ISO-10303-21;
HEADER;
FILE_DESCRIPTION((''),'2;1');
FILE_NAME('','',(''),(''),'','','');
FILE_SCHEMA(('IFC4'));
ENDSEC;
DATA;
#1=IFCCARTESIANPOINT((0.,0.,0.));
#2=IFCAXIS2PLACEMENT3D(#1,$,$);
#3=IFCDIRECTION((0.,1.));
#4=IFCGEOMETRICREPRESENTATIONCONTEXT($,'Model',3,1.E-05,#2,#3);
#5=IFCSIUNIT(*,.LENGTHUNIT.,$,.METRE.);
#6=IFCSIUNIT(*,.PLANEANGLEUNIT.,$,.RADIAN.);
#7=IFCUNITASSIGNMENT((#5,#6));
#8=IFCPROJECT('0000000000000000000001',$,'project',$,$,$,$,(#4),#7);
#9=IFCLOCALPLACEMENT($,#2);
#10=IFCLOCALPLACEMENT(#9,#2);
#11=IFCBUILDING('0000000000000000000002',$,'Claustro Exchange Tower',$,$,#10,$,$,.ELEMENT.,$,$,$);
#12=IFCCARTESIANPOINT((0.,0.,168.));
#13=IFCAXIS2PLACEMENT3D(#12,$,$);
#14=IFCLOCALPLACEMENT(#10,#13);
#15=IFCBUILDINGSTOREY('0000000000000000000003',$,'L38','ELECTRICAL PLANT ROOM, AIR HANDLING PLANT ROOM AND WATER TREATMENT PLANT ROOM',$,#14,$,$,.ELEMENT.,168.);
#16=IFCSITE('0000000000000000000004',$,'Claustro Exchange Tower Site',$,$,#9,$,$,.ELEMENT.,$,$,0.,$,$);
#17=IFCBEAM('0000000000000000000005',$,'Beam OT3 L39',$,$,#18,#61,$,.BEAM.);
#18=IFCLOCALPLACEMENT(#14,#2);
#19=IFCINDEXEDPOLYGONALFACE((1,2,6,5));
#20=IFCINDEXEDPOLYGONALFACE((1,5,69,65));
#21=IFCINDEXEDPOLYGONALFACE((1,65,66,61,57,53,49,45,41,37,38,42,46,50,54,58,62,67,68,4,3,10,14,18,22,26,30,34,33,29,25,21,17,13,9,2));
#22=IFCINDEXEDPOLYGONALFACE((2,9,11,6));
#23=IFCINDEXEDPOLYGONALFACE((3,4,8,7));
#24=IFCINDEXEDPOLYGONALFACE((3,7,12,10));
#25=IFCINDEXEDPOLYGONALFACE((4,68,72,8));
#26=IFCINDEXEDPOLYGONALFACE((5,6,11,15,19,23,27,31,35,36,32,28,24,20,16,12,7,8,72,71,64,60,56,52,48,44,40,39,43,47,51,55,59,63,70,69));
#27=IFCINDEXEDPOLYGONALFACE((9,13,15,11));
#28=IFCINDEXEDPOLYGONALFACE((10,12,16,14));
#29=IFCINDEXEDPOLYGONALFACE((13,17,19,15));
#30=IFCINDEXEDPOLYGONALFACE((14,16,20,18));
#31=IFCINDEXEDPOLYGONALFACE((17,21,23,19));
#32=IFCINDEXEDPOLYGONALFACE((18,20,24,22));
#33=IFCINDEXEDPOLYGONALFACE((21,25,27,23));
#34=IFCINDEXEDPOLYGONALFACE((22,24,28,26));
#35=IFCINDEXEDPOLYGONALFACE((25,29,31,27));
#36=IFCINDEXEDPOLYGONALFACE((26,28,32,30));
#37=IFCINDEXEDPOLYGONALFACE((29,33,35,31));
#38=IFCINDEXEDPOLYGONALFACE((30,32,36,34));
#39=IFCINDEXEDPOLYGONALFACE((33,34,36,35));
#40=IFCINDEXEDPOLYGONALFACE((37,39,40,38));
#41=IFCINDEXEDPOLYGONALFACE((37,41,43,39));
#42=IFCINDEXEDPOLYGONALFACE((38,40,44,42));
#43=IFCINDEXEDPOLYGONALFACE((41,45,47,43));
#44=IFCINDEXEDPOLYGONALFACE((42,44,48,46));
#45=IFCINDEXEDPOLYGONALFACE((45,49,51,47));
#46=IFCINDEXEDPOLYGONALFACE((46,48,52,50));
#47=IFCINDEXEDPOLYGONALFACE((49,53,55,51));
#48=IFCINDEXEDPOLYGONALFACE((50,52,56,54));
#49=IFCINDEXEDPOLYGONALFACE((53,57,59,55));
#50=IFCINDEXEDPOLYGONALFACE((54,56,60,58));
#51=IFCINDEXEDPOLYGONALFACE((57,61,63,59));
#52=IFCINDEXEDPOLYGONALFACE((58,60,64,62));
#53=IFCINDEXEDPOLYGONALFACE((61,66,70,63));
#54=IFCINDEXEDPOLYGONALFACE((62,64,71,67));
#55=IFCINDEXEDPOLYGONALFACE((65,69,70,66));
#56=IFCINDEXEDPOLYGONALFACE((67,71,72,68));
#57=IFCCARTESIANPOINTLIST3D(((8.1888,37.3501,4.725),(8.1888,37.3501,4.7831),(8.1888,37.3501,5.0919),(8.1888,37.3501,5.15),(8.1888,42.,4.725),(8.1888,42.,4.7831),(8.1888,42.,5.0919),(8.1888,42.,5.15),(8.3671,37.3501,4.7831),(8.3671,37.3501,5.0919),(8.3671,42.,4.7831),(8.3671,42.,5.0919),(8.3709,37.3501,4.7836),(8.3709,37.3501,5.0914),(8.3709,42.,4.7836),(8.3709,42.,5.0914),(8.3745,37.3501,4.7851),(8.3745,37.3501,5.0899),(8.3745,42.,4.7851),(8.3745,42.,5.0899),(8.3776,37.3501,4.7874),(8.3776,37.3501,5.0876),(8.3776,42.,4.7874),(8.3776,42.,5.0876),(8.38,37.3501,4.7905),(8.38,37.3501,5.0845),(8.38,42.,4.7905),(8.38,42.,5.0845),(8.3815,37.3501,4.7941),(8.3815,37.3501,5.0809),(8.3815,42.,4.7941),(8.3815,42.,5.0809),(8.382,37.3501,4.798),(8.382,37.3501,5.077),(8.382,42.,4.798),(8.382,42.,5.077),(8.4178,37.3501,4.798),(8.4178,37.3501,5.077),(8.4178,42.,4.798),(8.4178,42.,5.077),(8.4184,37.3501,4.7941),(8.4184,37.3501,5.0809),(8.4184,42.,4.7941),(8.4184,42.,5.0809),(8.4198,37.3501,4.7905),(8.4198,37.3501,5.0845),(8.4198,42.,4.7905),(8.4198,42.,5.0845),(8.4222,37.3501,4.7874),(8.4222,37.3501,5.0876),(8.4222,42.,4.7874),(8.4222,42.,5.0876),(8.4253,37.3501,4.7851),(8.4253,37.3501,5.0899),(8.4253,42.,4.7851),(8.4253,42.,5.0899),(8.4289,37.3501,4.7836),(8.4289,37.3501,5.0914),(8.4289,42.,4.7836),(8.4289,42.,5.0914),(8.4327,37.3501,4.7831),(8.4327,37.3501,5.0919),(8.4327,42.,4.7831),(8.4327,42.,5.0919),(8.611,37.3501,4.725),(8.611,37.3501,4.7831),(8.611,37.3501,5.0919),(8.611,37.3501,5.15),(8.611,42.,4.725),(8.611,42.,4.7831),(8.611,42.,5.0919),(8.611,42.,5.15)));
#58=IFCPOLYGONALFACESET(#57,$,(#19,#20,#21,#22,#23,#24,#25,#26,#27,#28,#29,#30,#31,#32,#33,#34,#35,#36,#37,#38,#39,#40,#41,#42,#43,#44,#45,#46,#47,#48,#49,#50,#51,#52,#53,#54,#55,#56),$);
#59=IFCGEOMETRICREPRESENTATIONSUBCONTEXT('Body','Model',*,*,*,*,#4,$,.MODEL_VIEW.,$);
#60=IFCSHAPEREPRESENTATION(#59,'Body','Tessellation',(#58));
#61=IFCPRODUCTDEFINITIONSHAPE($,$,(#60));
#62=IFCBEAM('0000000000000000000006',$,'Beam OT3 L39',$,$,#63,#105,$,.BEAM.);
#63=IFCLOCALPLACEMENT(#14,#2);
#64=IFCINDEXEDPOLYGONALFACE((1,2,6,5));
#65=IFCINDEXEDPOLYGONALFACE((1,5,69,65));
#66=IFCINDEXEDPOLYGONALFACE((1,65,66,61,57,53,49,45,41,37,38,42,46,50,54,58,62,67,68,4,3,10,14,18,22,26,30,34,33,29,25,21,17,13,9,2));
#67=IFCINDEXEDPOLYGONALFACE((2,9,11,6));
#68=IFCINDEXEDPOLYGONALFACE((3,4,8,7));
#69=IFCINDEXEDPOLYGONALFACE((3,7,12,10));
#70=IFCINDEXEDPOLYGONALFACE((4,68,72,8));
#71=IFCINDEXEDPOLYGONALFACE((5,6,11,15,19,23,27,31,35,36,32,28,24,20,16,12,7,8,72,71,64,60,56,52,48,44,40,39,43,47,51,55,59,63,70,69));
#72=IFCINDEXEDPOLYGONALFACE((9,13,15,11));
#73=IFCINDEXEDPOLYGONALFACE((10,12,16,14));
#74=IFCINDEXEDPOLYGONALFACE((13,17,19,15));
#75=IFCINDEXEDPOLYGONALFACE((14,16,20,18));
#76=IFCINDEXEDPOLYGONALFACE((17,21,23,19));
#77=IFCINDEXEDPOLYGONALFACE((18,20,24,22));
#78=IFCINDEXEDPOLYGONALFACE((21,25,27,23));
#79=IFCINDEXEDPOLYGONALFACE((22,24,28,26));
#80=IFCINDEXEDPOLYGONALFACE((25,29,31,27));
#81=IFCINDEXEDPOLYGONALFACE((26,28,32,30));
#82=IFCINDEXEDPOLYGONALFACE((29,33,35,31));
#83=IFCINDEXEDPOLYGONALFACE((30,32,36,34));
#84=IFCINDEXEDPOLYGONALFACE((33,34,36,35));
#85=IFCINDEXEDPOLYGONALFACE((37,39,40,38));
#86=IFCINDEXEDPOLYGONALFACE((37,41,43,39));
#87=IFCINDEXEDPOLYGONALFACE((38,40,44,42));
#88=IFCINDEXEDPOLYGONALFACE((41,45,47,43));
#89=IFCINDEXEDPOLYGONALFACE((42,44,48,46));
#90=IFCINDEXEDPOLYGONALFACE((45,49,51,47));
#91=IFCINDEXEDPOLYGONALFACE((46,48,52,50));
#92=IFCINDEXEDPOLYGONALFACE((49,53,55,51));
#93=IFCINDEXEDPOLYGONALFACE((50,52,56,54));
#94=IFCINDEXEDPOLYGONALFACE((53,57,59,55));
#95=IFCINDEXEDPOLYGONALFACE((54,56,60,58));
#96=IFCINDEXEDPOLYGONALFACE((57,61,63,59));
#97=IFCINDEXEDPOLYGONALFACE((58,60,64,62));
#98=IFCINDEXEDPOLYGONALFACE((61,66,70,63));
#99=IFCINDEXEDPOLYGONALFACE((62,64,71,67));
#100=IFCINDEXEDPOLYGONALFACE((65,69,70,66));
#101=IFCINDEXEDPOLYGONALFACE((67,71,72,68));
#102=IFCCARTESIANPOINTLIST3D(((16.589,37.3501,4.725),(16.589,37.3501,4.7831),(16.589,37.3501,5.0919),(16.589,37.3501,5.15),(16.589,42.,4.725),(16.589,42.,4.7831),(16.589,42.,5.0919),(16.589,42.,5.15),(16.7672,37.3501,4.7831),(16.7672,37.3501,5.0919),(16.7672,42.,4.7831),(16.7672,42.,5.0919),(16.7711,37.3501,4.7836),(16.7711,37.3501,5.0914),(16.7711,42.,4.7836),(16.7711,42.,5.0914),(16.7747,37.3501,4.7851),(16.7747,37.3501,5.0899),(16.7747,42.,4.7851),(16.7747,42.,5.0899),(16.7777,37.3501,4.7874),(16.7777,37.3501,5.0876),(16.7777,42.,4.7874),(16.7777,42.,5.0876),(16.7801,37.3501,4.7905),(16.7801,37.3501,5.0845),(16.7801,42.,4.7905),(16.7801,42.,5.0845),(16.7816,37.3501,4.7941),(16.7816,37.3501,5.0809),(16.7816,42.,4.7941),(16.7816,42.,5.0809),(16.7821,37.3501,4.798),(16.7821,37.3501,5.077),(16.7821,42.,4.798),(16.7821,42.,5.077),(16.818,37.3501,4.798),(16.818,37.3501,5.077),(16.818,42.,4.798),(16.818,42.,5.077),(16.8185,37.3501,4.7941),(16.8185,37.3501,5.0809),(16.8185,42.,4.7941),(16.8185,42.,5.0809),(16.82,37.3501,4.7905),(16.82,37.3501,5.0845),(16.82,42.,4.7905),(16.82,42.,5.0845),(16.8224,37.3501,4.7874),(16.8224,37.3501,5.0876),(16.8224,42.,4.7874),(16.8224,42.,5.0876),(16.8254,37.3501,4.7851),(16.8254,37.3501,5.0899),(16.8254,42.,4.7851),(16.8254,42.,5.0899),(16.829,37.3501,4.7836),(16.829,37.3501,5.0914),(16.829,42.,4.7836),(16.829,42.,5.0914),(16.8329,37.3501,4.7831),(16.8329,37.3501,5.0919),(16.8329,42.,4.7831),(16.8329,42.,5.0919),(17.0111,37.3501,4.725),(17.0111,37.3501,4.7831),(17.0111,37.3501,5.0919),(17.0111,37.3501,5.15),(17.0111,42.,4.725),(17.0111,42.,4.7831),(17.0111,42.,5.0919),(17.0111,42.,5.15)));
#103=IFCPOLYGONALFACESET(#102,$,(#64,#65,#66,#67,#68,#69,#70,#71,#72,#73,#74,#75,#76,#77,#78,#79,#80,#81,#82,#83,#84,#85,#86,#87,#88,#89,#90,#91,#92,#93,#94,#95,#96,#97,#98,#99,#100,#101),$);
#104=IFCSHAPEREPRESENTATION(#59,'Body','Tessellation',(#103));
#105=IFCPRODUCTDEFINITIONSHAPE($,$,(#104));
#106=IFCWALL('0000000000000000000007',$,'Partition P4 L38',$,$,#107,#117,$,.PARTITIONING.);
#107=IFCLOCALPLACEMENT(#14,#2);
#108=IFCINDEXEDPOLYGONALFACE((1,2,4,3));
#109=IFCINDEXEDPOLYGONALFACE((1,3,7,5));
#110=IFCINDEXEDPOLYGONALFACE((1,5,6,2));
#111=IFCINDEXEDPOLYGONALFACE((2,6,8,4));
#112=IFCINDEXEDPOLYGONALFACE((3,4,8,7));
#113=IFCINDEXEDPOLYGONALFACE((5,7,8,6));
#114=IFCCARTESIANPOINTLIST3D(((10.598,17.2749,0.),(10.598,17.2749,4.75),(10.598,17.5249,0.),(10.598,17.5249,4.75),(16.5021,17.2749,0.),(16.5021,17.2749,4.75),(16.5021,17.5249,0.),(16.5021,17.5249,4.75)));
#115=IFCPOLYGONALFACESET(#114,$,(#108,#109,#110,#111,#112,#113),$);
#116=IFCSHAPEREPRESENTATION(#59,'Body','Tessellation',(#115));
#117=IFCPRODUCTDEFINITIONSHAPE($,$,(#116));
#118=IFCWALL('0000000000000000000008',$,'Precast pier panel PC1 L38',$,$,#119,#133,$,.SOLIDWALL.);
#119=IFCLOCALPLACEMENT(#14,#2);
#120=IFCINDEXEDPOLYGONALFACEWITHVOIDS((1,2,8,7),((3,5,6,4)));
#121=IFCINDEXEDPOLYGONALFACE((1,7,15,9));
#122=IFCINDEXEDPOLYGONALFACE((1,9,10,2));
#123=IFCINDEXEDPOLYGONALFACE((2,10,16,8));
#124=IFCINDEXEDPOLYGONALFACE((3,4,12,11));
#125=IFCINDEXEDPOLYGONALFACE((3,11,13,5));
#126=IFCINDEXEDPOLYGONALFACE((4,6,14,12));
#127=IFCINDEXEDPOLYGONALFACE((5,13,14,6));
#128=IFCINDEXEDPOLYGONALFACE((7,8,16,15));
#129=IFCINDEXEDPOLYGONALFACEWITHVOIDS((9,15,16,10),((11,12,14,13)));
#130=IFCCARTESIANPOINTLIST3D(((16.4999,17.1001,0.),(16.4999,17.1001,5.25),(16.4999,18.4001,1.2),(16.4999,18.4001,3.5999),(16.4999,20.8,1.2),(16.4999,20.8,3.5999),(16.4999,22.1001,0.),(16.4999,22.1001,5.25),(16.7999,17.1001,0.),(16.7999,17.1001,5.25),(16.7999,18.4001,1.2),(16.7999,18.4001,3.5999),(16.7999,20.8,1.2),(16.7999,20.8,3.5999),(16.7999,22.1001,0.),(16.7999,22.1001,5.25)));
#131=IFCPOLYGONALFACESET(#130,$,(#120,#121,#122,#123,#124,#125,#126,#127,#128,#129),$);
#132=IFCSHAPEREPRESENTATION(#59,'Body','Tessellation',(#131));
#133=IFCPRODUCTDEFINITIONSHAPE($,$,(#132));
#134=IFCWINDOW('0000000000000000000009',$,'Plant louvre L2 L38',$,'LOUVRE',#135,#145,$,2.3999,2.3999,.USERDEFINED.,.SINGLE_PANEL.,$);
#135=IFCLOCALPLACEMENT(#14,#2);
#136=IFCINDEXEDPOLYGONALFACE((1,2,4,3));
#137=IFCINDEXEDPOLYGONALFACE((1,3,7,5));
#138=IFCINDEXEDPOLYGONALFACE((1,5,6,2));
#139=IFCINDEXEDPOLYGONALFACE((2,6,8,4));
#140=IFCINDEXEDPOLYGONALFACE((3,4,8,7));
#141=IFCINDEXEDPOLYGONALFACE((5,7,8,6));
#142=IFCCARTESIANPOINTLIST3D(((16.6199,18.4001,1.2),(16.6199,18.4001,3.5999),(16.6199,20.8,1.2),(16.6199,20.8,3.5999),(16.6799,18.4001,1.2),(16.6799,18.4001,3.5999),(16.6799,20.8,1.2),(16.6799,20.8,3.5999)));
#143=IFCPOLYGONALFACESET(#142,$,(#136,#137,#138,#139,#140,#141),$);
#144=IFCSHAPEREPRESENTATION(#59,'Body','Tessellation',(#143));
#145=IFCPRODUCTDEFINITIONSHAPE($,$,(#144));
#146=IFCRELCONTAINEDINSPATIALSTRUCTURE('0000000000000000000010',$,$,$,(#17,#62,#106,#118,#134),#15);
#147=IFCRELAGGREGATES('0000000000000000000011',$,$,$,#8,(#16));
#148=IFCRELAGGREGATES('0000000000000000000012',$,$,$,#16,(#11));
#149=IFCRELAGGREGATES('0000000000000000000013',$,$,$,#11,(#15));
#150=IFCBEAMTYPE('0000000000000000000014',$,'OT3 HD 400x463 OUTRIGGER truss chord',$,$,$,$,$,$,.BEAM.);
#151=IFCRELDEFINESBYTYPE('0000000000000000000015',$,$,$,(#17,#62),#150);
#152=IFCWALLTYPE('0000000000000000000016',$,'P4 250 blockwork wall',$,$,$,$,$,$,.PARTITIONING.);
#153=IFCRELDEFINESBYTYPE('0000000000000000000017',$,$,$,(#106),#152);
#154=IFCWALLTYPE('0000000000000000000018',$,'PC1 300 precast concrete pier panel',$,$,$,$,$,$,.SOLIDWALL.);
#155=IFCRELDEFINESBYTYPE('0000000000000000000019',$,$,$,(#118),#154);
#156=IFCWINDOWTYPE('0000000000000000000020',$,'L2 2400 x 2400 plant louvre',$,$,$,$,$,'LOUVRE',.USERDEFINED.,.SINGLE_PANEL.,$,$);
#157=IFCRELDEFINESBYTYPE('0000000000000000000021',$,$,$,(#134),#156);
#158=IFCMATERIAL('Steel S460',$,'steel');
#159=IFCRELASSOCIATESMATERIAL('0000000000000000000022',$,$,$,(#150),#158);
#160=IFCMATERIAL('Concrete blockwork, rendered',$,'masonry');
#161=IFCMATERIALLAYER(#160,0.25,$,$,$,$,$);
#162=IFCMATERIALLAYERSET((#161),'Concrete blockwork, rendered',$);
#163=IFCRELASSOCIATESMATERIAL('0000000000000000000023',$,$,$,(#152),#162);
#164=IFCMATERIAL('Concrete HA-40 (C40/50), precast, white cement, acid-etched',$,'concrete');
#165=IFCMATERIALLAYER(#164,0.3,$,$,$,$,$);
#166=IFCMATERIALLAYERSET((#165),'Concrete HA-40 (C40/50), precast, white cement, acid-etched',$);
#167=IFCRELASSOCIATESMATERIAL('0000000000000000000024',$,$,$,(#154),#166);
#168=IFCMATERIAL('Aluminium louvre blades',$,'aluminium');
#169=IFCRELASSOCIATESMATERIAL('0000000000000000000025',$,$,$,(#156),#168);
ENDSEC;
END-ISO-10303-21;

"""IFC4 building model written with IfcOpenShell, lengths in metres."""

from ifc_helpers import new_model, si_unit, direction, frame, frame_2d, origin, origin_2d, place, context, subcontext, project, spatial, rectangle, i_section, extrude, material, layer, layer_set, material_profile, profile_set, type_object, element, fill, save


model = new_model("IFC4")

# Units and contexts
model_context = context("Model", 3, precision=1e-05, world=origin(), true_north=direction((0.0, 1.0)))
body_context = subcontext(model_context, "Body", "Model", "MODEL_VIEW")
ifc_project = project(units=[si_unit("LENGTHUNIT", "METRE"), si_unit("PLANEANGLEUNIT", "RADIAN")], contexts=[model_context])

# Site, building, storey
site_placement = place(None, origin())
site = spatial("IfcSite", under=ifc_project, at=site_placement, Name="Claustro Exchange Tower Site", CompositionType="ELEMENT", RefElevation=0.0)
building_placement = place(site_placement, origin())
building = spatial("IfcBuilding", under=site, at=building_placement, Name="Claustro Exchange Tower", CompositionType="ELEMENT")
storey_placement = place(building_placement, frame((0.0, 0.0, 168.0)))
storey = spatial("IfcBuildingStorey", under=building, at=storey_placement, Name="L38", Description="ELECTRICAL PLANT ROOM, AIR HANDLING PLANT ROOM AND WATER TREATMENT PLANT ROOM", CompositionType="ELEMENT", Elevation=168.0)

# Beams
ifc_material_1 = material(Name="Steel S460", Category="steel")
ifc_material_profile_1 = material_profile(ifc_material_1, i_section(OverallWidth=0.4221, OverallDepth=0.425, WebThickness=0.0359, FlangeThickness=0.0581, FilletRadius=0.0149, at=origin_2d()), Name="HD 400x463")
ifc_profile_set_1 = profile_set([ifc_material_profile_1], Name="Steel S460")
beam_type_1 = type_object("IfcBeamType", Name="OT3 HD 400x463 OUTRIGGER truss chord", PredefinedType="BEAM", material=ifc_profile_set_1)
for number, where, z_axis, x_axis, name in (
    (1, (8.3999, 37.3501, 4.9375), (0.0, 1.0, 0.0), (-1.0, 0.0, 0.0), "Beam OT3 L39"),
    (2, (16.8, 37.3501, 4.9375), (0.0, 1.0, 0.0), (-1.0, 0.0, 0.0), "Beam OT3 L39"),
):
    element("IfcBeam", number, at=place(storey_placement, frame(where, z_axis=z_axis, x_axis=x_axis)), inside=storey, type_object=beam_type_1, Name=name, PredefinedType="BEAM", context=body_context, shape_type="SweptSolid", body=[
        extrude(i_section(OverallWidth=0.4221, OverallDepth=0.425, WebThickness=0.0359, FlangeThickness=0.0581, FilletRadius=0.0149, at=origin_2d()), origin(), (0.0, 0.0, 1.0), 4.6499),
    ])

# Wall
ifc_material_2 = material(Name="Concrete blockwork, rendered", Category="masonry")
ifc_layer_1 = layer(ifc_material_2, 0.25)
ifc_layer_set_1 = layer_set([ifc_layer_1], Name="Concrete blockwork, rendered")
wall_type_1 = type_object("IfcWallType", Name="P4 250 blockwork wall", PredefinedType="PARTITIONING", material=ifc_layer_set_1)
wall_1_placement = place(storey_placement, frame((10.5979, 17.3999, 0.0), z_axis=(0.0, 0.0, 1.0), x_axis=(1.0, 0.0, 0.0)))
element("IfcWall", 3, at=wall_1_placement, inside=storey, type_object=wall_type_1, Name="Partition P4 L38", PredefinedType="PARTITIONING", context=body_context, shape_type="SweptSolid", body=[
    extrude(rectangle(XDim=5.9041, YDim=0.25, at=frame_2d((2.9521, 0.0))), origin(), (0.0, 0.0, 1.0), 4.75),
])

# Wall, opening, window
ifc_material_3 = material(Name="Concrete HA-40 (C40/50), precast, white cement, acid-etched", Category="concrete")
ifc_layer_2 = layer(ifc_material_3, 0.3)
ifc_layer_set_2 = layer_set([ifc_layer_2], Name="Concrete HA-40 (C40/50), precast, white cement, acid-etched")
wall_type_2 = type_object("IfcWallType", Name="PC1 300 precast concrete pier panel", PredefinedType="SOLIDWALL", material=ifc_layer_set_2)
wall_2_placement = place(storey_placement, frame((16.6499, 17.1001, 0.0), z_axis=(0.0, 0.0, 1.0), x_axis=(0.0, 1.0, 0.0)))
wall_2 = element("IfcWall", 4, at=wall_2_placement, inside=storey, type_object=wall_type_2, Name="Precast pier panel PC1 L38", PredefinedType="SOLIDWALL", context=body_context, shape_type="SweptSolid", body=[
    extrude(rectangle(XDim=5.0, YDim=0.3, at=frame_2d((2.5, 0.0))), origin(), (0.0, 0.0, 1.0), 5.25),
])
opening_1_placement = place(wall_2_placement, frame((1.3, 0.0, 1.2)))
opening_1 = element("IfcOpeningElement", 5, at=opening_1_placement, cuts=wall_2, PredefinedType="OPENING", context=body_context, shape_type="SweptSolid", body=[
    extrude(rectangle(XDim=2.3999, YDim=2.3999, at=frame_2d((1.2, 1.2))), frame((0.0, 0.1599, 0.0), z_axis=(0.0, -1.0, 0.0), x_axis=(1.0, 0.0, 0.0)), (0.0, 0.0, 1.0), 0.3201),
])
ifc_material_4 = material(Name="Aluminium louvre blades", Category="aluminium")
window_type_1 = type_object("IfcWindowType", Name="L2 2400 x 2400 plant louvre", ElementType="LOUVRE", PartitioningType="SINGLE_PANEL", PredefinedType="USERDEFINED", material=ifc_material_4)
window_1_placement = place(opening_1_placement, origin())
window_1 = element("IfcWindow", 6, at=window_1_placement, inside=storey, type_object=window_type_1, Name="Plant louvre L2 L38", ObjectType="LOUVRE", OverallHeight=2.3999, OverallWidth=2.3999, PartitioningType="SINGLE_PANEL", PredefinedType="USERDEFINED", context=body_context, shape_type="SweptSolid", body=[
    extrude(rectangle(XDim=2.3999, YDim=2.3999, at=frame_2d((1.2, 1.2))), frame((0.0, 0.03, 0.0), z_axis=(0.0, -1.0, 0.0), x_axis=(1.0, 0.0, 0.0)), (0.0, 0.0, 1.0), 0.0601),
])
fill(opening_1, window_1)

save(model, "model.ifc")
